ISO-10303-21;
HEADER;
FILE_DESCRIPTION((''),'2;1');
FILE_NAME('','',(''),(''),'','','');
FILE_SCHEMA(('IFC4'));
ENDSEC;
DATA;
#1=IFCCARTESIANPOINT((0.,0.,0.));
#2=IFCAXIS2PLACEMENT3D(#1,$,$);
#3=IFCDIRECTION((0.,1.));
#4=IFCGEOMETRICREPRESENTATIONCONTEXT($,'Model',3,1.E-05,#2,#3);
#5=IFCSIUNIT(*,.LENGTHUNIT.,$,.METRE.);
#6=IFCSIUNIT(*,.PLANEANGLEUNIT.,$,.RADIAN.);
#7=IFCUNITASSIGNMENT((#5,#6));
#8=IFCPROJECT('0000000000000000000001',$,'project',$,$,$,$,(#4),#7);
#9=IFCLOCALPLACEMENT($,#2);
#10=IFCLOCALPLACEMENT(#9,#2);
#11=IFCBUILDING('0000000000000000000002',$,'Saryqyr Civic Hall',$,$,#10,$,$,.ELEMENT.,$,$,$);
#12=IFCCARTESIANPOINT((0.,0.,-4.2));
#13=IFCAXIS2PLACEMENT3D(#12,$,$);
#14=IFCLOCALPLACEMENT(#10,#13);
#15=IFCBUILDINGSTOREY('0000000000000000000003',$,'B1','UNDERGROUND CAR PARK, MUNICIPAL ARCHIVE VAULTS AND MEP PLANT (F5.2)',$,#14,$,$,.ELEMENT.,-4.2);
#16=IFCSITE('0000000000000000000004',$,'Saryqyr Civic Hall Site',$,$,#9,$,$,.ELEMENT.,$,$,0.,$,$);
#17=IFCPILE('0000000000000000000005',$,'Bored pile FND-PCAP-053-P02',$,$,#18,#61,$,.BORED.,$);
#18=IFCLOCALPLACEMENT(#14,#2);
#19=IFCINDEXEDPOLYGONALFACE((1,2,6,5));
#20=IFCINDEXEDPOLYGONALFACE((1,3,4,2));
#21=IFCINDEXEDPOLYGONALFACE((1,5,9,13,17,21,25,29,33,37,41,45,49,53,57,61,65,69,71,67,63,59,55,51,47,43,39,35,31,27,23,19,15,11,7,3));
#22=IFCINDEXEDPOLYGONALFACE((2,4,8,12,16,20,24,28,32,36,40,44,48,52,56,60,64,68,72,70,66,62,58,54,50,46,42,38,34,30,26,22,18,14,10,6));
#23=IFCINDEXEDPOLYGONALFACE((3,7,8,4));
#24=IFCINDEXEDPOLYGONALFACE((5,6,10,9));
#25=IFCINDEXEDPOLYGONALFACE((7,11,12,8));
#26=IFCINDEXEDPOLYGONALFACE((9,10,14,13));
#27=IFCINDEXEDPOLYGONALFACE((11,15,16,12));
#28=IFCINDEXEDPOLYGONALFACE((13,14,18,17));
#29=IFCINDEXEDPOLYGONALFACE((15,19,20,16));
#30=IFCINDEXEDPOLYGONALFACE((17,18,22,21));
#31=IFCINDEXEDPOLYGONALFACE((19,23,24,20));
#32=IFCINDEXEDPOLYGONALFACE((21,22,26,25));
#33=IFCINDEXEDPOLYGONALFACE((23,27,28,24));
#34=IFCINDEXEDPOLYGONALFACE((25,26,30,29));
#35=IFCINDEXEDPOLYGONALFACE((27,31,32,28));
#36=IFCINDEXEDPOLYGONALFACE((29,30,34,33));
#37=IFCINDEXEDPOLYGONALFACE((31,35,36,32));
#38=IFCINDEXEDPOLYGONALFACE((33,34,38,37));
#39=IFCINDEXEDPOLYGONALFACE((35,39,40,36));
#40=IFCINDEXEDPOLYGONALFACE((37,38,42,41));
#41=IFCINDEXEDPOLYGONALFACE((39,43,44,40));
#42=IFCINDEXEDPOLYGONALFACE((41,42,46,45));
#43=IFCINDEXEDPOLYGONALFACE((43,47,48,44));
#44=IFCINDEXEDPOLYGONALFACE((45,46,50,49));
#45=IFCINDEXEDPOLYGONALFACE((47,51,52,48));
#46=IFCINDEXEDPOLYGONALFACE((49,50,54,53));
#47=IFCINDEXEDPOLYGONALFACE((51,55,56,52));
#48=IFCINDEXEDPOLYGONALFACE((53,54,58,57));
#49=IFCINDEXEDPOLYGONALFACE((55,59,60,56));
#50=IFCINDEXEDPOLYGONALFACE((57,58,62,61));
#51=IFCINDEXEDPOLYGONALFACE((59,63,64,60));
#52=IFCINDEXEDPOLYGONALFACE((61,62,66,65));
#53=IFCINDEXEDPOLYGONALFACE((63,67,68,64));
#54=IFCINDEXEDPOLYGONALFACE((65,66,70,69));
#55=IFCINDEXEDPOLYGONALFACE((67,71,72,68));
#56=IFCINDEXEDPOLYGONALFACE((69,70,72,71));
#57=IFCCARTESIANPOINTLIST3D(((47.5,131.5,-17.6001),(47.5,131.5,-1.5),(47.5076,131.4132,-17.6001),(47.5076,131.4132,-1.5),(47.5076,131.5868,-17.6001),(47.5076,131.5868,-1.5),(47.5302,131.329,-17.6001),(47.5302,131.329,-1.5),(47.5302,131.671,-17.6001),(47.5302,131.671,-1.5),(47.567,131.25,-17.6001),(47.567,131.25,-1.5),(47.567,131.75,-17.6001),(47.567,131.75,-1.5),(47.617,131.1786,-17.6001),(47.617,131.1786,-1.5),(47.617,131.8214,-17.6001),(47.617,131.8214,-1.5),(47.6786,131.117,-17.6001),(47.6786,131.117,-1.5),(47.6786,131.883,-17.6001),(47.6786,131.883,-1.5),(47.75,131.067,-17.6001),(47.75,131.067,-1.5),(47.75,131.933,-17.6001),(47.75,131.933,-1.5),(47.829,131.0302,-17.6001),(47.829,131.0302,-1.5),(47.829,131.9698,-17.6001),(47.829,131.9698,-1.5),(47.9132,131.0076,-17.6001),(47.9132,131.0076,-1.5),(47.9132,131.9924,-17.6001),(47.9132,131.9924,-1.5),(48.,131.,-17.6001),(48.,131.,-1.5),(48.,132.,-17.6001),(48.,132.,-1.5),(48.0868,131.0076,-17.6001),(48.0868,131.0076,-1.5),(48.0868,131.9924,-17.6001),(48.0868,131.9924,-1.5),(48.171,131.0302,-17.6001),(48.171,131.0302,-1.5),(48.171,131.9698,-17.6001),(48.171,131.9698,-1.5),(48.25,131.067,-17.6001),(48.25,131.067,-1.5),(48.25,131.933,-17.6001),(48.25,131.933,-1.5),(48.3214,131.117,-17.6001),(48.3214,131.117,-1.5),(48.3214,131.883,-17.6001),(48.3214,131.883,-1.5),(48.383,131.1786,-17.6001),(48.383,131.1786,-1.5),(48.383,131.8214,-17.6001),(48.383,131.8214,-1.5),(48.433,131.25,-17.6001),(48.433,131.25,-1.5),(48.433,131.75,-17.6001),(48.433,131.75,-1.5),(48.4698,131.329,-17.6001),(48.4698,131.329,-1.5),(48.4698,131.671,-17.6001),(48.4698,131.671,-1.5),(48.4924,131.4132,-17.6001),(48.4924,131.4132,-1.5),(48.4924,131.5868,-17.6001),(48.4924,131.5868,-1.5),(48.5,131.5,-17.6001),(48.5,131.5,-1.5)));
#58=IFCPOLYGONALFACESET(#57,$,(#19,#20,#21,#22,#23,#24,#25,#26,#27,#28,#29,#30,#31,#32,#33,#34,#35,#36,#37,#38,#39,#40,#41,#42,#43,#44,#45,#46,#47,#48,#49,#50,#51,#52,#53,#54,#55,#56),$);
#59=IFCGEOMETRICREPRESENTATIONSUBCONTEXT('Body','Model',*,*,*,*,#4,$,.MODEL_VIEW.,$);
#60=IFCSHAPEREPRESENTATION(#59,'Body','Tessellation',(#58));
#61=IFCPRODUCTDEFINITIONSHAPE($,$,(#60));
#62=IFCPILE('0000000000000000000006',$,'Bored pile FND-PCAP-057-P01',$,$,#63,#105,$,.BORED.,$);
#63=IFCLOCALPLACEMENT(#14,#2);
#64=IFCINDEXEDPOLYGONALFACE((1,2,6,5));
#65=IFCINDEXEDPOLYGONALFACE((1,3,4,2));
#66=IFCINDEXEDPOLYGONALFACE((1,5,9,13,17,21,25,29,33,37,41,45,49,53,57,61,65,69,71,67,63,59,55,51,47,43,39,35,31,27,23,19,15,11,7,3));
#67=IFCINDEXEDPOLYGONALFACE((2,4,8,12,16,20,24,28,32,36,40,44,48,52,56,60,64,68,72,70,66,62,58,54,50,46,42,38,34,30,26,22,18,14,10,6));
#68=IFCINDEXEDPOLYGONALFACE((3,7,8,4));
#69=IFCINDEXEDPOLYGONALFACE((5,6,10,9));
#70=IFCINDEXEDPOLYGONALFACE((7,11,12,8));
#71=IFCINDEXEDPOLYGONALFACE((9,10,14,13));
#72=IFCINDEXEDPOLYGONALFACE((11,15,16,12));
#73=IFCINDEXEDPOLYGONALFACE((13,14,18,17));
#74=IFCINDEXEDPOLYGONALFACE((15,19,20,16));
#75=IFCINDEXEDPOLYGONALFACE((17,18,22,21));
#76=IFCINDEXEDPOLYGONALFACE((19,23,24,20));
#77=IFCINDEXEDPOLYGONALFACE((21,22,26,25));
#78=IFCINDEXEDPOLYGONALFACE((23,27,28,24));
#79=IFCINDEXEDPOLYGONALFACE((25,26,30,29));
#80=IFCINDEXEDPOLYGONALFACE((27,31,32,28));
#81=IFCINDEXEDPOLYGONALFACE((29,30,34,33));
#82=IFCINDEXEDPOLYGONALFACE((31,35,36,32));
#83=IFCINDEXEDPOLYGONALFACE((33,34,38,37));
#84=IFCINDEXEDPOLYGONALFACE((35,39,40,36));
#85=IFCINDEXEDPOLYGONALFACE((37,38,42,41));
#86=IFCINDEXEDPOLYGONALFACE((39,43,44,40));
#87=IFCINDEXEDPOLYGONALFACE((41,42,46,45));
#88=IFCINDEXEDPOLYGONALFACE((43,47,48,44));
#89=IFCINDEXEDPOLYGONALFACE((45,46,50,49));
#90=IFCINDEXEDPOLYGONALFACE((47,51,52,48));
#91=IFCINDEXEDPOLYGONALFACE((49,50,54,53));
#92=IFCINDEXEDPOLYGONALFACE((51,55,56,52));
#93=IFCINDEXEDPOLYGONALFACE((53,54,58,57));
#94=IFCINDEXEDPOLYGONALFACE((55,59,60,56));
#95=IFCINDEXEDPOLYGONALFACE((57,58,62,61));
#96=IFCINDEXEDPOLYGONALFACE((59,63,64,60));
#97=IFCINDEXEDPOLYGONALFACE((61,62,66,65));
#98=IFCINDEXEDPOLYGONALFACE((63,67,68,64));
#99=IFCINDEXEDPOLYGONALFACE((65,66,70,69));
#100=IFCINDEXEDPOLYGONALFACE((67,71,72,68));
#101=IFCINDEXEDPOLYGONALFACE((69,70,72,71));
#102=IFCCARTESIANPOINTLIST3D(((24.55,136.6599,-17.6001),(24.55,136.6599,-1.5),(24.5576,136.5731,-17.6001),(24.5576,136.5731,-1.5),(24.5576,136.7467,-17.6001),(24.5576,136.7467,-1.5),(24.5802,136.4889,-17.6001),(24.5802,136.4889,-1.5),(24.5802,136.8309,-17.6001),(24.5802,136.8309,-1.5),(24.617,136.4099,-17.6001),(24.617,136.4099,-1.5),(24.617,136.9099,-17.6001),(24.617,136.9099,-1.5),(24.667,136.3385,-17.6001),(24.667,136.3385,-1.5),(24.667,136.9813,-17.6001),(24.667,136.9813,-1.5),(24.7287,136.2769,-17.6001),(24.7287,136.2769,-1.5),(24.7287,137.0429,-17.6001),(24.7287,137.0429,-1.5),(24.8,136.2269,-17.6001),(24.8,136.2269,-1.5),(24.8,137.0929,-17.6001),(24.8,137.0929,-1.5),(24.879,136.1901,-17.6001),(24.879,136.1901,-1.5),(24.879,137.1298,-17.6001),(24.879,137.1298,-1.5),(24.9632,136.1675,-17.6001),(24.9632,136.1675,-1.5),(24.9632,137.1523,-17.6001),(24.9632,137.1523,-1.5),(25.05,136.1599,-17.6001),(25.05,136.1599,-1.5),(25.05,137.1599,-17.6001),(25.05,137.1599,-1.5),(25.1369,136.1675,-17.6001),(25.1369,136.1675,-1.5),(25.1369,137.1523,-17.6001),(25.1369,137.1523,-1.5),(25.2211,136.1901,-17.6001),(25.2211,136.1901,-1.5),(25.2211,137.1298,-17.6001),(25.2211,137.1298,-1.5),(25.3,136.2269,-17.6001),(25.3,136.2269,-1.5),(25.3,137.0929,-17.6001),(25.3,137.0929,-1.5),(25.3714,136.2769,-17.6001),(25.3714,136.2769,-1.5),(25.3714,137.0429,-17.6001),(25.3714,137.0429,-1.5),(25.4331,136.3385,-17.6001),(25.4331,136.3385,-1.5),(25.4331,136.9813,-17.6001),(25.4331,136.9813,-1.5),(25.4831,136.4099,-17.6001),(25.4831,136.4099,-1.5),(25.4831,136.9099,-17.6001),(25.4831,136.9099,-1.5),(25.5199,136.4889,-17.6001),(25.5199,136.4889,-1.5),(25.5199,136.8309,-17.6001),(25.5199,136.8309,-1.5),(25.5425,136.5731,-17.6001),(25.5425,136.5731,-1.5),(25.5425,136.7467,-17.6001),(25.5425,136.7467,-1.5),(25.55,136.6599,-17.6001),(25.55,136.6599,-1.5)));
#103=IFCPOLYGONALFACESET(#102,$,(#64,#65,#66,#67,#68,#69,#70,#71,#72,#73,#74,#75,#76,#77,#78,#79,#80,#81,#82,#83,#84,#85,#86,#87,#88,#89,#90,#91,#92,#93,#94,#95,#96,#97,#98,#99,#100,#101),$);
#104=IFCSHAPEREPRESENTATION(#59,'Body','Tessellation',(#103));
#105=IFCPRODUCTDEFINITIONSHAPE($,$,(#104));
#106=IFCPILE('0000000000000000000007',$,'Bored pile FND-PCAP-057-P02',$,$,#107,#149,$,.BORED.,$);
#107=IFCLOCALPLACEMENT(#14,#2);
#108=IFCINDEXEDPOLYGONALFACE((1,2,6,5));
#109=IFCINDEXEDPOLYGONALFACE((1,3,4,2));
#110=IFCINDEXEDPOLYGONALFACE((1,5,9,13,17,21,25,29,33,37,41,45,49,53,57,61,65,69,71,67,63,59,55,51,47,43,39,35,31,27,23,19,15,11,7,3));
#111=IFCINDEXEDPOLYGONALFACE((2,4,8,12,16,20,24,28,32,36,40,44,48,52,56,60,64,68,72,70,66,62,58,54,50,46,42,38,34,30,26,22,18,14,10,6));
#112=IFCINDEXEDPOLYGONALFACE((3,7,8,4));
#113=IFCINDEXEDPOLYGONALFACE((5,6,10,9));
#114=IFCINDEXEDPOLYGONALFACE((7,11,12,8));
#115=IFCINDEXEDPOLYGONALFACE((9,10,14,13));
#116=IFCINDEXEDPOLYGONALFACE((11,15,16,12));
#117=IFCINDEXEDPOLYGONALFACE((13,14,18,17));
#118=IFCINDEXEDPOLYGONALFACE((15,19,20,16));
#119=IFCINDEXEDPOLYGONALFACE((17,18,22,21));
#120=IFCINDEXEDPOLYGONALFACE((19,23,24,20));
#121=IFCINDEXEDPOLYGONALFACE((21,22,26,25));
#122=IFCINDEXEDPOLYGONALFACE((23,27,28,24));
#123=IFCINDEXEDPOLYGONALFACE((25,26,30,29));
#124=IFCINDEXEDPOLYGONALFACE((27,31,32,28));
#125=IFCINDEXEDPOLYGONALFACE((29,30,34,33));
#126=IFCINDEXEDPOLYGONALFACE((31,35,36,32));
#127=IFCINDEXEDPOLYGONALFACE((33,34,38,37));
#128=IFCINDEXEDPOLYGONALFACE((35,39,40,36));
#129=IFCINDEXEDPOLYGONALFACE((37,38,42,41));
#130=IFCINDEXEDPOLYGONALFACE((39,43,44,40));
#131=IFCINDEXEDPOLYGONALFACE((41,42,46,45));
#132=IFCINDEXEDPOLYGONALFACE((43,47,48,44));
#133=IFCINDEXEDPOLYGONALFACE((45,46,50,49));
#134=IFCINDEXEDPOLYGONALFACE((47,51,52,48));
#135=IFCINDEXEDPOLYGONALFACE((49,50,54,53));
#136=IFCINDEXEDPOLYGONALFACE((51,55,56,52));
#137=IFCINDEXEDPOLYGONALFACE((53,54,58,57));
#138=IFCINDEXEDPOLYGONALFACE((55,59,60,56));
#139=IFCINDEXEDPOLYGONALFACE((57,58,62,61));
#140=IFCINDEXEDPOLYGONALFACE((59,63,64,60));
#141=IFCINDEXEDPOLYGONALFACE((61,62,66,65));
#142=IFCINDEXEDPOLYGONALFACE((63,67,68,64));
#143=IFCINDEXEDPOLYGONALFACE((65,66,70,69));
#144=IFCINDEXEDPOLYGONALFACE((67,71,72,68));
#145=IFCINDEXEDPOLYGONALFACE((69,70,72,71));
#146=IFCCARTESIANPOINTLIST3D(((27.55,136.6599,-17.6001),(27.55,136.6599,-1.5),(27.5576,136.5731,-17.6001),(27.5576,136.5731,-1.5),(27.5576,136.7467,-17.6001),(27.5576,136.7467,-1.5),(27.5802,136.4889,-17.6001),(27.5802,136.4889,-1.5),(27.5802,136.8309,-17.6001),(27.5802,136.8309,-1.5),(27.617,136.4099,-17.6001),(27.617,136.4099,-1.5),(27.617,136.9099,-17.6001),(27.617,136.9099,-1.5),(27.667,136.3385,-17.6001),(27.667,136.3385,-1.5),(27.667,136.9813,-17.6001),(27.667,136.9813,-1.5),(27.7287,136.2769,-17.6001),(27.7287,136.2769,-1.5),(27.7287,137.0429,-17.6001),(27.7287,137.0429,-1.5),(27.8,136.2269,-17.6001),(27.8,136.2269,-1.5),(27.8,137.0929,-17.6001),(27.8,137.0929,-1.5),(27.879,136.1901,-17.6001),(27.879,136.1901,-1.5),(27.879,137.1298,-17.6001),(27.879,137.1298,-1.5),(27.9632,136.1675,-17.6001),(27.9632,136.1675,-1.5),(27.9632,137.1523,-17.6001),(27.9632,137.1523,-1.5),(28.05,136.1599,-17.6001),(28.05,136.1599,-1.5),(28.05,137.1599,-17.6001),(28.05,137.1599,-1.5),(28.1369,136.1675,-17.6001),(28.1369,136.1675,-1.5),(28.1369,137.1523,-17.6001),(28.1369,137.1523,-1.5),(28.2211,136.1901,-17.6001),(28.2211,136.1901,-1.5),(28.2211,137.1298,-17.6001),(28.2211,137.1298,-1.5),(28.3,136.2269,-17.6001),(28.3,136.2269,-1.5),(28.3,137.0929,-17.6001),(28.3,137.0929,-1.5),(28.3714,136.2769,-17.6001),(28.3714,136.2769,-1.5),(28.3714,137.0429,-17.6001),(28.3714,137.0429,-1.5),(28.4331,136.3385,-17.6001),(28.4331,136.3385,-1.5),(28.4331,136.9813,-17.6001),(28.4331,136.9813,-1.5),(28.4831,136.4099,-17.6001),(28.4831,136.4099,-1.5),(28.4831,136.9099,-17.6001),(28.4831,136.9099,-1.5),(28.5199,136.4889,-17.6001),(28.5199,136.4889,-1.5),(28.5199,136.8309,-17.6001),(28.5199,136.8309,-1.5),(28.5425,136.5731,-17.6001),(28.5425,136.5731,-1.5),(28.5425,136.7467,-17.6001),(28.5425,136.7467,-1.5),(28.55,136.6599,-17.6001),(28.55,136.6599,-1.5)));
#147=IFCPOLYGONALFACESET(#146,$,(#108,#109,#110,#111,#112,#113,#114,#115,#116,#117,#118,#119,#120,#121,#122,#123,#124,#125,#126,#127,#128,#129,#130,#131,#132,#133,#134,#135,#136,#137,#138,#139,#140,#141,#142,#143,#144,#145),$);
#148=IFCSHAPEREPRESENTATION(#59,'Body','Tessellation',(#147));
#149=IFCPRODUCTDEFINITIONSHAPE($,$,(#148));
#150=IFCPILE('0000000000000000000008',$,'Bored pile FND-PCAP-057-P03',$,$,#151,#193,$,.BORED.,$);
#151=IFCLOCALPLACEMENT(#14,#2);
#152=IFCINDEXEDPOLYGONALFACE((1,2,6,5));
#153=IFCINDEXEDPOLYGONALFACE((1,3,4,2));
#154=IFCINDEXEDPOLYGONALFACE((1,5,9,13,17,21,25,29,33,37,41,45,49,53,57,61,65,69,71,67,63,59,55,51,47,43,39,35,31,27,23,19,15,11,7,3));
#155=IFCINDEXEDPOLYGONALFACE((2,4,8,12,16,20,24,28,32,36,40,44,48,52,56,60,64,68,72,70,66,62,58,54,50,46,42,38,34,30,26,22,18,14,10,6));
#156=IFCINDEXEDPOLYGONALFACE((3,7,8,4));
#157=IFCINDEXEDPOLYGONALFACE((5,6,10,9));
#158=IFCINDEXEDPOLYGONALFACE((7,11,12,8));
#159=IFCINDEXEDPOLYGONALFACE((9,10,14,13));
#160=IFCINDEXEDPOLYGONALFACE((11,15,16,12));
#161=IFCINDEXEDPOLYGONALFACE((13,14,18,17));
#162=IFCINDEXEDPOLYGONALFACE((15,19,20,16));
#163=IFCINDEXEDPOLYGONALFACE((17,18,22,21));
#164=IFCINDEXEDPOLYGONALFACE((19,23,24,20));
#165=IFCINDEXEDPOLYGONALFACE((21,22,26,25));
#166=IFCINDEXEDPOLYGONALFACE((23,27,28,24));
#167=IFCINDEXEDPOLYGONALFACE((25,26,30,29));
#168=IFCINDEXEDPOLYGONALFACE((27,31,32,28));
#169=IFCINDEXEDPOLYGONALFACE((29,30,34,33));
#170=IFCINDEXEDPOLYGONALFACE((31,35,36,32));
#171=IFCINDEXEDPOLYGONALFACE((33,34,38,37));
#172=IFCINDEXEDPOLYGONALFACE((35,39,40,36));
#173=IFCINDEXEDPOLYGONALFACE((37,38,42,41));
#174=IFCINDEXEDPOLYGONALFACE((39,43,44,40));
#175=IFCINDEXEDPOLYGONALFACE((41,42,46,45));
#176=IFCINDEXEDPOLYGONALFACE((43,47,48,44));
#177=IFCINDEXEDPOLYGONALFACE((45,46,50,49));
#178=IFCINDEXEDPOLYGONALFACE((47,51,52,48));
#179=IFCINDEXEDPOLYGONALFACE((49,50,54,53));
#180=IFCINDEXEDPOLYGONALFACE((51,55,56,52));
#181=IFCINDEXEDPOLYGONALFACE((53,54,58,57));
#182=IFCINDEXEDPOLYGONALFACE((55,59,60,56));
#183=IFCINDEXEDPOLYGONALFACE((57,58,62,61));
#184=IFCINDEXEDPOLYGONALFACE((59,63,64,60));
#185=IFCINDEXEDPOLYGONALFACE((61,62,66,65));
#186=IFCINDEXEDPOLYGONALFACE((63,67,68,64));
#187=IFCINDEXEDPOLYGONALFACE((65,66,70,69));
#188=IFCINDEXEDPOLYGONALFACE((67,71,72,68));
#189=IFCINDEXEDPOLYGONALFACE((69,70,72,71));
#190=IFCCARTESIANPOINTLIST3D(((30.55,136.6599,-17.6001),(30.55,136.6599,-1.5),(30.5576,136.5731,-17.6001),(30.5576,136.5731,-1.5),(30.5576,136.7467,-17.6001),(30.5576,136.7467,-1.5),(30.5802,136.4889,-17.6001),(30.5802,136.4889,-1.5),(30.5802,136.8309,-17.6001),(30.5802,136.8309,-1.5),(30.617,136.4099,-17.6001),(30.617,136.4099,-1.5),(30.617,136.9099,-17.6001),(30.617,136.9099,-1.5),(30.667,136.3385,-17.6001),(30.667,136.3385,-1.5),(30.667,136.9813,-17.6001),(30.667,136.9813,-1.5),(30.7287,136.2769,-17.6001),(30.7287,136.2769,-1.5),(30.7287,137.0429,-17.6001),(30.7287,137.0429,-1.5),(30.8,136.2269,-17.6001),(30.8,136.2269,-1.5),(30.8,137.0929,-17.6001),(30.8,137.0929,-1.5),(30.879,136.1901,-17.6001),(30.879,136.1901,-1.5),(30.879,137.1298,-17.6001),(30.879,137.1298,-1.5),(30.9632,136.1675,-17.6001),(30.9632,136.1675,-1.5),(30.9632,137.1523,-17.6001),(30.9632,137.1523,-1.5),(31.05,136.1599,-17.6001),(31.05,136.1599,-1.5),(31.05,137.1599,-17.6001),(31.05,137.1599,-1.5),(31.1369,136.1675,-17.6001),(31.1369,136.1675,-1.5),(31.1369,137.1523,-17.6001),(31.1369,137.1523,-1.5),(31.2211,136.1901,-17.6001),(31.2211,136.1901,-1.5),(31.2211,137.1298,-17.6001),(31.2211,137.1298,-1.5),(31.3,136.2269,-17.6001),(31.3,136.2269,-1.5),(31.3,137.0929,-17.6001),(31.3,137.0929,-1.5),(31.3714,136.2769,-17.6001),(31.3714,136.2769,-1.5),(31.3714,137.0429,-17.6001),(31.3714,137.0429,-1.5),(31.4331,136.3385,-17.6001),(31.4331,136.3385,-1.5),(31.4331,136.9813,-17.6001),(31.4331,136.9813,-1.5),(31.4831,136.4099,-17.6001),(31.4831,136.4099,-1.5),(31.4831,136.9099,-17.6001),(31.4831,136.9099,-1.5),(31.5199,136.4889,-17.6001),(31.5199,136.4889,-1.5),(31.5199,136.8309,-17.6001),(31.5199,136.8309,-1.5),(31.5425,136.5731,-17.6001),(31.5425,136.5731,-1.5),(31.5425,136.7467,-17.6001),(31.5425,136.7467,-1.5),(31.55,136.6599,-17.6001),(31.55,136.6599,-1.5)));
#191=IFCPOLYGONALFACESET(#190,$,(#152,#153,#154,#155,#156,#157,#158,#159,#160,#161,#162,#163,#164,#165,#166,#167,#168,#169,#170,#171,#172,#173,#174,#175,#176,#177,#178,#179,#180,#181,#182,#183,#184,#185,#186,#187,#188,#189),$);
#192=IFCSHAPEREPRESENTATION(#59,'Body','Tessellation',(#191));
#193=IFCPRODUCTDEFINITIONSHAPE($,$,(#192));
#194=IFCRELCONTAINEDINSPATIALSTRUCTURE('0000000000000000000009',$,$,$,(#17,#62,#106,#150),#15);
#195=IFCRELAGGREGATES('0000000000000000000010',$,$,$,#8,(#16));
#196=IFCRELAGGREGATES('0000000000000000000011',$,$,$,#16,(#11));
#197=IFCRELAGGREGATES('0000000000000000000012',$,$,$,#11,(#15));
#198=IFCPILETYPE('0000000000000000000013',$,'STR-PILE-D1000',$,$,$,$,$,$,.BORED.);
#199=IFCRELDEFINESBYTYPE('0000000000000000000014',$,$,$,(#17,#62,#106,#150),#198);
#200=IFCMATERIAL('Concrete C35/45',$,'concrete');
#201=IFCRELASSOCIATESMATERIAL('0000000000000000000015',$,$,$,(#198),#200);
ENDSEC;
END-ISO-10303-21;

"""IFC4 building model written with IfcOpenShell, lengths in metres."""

from ifc_helpers import new_model, si_unit, direction, frame, origin, origin_2d, place, context, subcontext, project, spatial, circle, extrude, material, material_profile, profile_set, type_object, element, save


model = new_model("IFC4")

# Units and contexts
model_context = context("Model", 3, precision=1e-05, world=origin(), true_north=direction((0.0, 1.0)))
body_context = subcontext(model_context, "Body", "Model", "MODEL_VIEW")
ifc_project = project(units=[si_unit("LENGTHUNIT", "METRE"), si_unit("PLANEANGLEUNIT", "RADIAN")], contexts=[model_context])

# Site, building, storey
site_placement = place(None, origin())
site = spatial("IfcSite", under=ifc_project, at=site_placement, Name="Saryqyr Civic Hall Site", CompositionType="ELEMENT", RefElevation=0.0)
building_placement = place(site_placement, origin())
building = spatial("IfcBuilding", under=site, at=building_placement, Name="Saryqyr Civic Hall", CompositionType="ELEMENT")
storey_placement = place(building_placement, frame((0.0, 0.0, -4.2)))
storey = spatial("IfcBuildingStorey", under=building, at=storey_placement, Name="B1", Description="UNDERGROUND CAR PARK, MUNICIPAL ARCHIVE VAULTS AND MEP PLANT (F5.2)", CompositionType="ELEMENT", Elevation=-4.2)

# Shared definitions
ifc_material_1 = material(Name="Concrete C35/45", Category="concrete")

# Piles
ifc_material_profile_1 = material_profile(ifc_material_1, circle(Radius=0.5, at=origin_2d()), Name="BORED PILE D1000")
ifc_profile_set_1 = profile_set([ifc_material_profile_1], Name="Concrete C35/45")
pile_type = type_object("IfcPileType", Name="STR-PILE-D1000", PredefinedType="BORED", material=ifc_profile_set_1)
for number, where, z_axis, x_axis, name in (
    (1, (48.0, 131.5, -1.5), (0.0, 0.0, -1.0), (1.0, 0.0, 0.0), "Bored pile FND-PCAP-053-P02"),
    (2, (25.05, 136.6599, -1.5), (0.0, 0.0, -1.0), (1.0, 0.0, 0.0), "Bored pile FND-PCAP-057-P01"),
    (3, (28.05, 136.6599, -1.5), (0.0, 0.0, -1.0), (1.0, 0.0, 0.0), "Bored pile FND-PCAP-057-P02"),
    (4, (31.05, 136.6599, -1.5), (0.0, 0.0, -1.0), (1.0, 0.0, 0.0), "Bored pile FND-PCAP-057-P03"),
):
    element("IfcPile", number, at=place(storey_placement, frame(where, z_axis=z_axis, x_axis=x_axis)), inside=storey, type_object=pile_type, Name=name, PredefinedType="BORED", context=body_context, shape_type="SweptSolid", body=[
        extrude(circle(Radius=0.5, at=origin_2d()), origin(), (0.0, 0.0, 1.0), 16.1001),
    ])

save(model, "model.ifc")
